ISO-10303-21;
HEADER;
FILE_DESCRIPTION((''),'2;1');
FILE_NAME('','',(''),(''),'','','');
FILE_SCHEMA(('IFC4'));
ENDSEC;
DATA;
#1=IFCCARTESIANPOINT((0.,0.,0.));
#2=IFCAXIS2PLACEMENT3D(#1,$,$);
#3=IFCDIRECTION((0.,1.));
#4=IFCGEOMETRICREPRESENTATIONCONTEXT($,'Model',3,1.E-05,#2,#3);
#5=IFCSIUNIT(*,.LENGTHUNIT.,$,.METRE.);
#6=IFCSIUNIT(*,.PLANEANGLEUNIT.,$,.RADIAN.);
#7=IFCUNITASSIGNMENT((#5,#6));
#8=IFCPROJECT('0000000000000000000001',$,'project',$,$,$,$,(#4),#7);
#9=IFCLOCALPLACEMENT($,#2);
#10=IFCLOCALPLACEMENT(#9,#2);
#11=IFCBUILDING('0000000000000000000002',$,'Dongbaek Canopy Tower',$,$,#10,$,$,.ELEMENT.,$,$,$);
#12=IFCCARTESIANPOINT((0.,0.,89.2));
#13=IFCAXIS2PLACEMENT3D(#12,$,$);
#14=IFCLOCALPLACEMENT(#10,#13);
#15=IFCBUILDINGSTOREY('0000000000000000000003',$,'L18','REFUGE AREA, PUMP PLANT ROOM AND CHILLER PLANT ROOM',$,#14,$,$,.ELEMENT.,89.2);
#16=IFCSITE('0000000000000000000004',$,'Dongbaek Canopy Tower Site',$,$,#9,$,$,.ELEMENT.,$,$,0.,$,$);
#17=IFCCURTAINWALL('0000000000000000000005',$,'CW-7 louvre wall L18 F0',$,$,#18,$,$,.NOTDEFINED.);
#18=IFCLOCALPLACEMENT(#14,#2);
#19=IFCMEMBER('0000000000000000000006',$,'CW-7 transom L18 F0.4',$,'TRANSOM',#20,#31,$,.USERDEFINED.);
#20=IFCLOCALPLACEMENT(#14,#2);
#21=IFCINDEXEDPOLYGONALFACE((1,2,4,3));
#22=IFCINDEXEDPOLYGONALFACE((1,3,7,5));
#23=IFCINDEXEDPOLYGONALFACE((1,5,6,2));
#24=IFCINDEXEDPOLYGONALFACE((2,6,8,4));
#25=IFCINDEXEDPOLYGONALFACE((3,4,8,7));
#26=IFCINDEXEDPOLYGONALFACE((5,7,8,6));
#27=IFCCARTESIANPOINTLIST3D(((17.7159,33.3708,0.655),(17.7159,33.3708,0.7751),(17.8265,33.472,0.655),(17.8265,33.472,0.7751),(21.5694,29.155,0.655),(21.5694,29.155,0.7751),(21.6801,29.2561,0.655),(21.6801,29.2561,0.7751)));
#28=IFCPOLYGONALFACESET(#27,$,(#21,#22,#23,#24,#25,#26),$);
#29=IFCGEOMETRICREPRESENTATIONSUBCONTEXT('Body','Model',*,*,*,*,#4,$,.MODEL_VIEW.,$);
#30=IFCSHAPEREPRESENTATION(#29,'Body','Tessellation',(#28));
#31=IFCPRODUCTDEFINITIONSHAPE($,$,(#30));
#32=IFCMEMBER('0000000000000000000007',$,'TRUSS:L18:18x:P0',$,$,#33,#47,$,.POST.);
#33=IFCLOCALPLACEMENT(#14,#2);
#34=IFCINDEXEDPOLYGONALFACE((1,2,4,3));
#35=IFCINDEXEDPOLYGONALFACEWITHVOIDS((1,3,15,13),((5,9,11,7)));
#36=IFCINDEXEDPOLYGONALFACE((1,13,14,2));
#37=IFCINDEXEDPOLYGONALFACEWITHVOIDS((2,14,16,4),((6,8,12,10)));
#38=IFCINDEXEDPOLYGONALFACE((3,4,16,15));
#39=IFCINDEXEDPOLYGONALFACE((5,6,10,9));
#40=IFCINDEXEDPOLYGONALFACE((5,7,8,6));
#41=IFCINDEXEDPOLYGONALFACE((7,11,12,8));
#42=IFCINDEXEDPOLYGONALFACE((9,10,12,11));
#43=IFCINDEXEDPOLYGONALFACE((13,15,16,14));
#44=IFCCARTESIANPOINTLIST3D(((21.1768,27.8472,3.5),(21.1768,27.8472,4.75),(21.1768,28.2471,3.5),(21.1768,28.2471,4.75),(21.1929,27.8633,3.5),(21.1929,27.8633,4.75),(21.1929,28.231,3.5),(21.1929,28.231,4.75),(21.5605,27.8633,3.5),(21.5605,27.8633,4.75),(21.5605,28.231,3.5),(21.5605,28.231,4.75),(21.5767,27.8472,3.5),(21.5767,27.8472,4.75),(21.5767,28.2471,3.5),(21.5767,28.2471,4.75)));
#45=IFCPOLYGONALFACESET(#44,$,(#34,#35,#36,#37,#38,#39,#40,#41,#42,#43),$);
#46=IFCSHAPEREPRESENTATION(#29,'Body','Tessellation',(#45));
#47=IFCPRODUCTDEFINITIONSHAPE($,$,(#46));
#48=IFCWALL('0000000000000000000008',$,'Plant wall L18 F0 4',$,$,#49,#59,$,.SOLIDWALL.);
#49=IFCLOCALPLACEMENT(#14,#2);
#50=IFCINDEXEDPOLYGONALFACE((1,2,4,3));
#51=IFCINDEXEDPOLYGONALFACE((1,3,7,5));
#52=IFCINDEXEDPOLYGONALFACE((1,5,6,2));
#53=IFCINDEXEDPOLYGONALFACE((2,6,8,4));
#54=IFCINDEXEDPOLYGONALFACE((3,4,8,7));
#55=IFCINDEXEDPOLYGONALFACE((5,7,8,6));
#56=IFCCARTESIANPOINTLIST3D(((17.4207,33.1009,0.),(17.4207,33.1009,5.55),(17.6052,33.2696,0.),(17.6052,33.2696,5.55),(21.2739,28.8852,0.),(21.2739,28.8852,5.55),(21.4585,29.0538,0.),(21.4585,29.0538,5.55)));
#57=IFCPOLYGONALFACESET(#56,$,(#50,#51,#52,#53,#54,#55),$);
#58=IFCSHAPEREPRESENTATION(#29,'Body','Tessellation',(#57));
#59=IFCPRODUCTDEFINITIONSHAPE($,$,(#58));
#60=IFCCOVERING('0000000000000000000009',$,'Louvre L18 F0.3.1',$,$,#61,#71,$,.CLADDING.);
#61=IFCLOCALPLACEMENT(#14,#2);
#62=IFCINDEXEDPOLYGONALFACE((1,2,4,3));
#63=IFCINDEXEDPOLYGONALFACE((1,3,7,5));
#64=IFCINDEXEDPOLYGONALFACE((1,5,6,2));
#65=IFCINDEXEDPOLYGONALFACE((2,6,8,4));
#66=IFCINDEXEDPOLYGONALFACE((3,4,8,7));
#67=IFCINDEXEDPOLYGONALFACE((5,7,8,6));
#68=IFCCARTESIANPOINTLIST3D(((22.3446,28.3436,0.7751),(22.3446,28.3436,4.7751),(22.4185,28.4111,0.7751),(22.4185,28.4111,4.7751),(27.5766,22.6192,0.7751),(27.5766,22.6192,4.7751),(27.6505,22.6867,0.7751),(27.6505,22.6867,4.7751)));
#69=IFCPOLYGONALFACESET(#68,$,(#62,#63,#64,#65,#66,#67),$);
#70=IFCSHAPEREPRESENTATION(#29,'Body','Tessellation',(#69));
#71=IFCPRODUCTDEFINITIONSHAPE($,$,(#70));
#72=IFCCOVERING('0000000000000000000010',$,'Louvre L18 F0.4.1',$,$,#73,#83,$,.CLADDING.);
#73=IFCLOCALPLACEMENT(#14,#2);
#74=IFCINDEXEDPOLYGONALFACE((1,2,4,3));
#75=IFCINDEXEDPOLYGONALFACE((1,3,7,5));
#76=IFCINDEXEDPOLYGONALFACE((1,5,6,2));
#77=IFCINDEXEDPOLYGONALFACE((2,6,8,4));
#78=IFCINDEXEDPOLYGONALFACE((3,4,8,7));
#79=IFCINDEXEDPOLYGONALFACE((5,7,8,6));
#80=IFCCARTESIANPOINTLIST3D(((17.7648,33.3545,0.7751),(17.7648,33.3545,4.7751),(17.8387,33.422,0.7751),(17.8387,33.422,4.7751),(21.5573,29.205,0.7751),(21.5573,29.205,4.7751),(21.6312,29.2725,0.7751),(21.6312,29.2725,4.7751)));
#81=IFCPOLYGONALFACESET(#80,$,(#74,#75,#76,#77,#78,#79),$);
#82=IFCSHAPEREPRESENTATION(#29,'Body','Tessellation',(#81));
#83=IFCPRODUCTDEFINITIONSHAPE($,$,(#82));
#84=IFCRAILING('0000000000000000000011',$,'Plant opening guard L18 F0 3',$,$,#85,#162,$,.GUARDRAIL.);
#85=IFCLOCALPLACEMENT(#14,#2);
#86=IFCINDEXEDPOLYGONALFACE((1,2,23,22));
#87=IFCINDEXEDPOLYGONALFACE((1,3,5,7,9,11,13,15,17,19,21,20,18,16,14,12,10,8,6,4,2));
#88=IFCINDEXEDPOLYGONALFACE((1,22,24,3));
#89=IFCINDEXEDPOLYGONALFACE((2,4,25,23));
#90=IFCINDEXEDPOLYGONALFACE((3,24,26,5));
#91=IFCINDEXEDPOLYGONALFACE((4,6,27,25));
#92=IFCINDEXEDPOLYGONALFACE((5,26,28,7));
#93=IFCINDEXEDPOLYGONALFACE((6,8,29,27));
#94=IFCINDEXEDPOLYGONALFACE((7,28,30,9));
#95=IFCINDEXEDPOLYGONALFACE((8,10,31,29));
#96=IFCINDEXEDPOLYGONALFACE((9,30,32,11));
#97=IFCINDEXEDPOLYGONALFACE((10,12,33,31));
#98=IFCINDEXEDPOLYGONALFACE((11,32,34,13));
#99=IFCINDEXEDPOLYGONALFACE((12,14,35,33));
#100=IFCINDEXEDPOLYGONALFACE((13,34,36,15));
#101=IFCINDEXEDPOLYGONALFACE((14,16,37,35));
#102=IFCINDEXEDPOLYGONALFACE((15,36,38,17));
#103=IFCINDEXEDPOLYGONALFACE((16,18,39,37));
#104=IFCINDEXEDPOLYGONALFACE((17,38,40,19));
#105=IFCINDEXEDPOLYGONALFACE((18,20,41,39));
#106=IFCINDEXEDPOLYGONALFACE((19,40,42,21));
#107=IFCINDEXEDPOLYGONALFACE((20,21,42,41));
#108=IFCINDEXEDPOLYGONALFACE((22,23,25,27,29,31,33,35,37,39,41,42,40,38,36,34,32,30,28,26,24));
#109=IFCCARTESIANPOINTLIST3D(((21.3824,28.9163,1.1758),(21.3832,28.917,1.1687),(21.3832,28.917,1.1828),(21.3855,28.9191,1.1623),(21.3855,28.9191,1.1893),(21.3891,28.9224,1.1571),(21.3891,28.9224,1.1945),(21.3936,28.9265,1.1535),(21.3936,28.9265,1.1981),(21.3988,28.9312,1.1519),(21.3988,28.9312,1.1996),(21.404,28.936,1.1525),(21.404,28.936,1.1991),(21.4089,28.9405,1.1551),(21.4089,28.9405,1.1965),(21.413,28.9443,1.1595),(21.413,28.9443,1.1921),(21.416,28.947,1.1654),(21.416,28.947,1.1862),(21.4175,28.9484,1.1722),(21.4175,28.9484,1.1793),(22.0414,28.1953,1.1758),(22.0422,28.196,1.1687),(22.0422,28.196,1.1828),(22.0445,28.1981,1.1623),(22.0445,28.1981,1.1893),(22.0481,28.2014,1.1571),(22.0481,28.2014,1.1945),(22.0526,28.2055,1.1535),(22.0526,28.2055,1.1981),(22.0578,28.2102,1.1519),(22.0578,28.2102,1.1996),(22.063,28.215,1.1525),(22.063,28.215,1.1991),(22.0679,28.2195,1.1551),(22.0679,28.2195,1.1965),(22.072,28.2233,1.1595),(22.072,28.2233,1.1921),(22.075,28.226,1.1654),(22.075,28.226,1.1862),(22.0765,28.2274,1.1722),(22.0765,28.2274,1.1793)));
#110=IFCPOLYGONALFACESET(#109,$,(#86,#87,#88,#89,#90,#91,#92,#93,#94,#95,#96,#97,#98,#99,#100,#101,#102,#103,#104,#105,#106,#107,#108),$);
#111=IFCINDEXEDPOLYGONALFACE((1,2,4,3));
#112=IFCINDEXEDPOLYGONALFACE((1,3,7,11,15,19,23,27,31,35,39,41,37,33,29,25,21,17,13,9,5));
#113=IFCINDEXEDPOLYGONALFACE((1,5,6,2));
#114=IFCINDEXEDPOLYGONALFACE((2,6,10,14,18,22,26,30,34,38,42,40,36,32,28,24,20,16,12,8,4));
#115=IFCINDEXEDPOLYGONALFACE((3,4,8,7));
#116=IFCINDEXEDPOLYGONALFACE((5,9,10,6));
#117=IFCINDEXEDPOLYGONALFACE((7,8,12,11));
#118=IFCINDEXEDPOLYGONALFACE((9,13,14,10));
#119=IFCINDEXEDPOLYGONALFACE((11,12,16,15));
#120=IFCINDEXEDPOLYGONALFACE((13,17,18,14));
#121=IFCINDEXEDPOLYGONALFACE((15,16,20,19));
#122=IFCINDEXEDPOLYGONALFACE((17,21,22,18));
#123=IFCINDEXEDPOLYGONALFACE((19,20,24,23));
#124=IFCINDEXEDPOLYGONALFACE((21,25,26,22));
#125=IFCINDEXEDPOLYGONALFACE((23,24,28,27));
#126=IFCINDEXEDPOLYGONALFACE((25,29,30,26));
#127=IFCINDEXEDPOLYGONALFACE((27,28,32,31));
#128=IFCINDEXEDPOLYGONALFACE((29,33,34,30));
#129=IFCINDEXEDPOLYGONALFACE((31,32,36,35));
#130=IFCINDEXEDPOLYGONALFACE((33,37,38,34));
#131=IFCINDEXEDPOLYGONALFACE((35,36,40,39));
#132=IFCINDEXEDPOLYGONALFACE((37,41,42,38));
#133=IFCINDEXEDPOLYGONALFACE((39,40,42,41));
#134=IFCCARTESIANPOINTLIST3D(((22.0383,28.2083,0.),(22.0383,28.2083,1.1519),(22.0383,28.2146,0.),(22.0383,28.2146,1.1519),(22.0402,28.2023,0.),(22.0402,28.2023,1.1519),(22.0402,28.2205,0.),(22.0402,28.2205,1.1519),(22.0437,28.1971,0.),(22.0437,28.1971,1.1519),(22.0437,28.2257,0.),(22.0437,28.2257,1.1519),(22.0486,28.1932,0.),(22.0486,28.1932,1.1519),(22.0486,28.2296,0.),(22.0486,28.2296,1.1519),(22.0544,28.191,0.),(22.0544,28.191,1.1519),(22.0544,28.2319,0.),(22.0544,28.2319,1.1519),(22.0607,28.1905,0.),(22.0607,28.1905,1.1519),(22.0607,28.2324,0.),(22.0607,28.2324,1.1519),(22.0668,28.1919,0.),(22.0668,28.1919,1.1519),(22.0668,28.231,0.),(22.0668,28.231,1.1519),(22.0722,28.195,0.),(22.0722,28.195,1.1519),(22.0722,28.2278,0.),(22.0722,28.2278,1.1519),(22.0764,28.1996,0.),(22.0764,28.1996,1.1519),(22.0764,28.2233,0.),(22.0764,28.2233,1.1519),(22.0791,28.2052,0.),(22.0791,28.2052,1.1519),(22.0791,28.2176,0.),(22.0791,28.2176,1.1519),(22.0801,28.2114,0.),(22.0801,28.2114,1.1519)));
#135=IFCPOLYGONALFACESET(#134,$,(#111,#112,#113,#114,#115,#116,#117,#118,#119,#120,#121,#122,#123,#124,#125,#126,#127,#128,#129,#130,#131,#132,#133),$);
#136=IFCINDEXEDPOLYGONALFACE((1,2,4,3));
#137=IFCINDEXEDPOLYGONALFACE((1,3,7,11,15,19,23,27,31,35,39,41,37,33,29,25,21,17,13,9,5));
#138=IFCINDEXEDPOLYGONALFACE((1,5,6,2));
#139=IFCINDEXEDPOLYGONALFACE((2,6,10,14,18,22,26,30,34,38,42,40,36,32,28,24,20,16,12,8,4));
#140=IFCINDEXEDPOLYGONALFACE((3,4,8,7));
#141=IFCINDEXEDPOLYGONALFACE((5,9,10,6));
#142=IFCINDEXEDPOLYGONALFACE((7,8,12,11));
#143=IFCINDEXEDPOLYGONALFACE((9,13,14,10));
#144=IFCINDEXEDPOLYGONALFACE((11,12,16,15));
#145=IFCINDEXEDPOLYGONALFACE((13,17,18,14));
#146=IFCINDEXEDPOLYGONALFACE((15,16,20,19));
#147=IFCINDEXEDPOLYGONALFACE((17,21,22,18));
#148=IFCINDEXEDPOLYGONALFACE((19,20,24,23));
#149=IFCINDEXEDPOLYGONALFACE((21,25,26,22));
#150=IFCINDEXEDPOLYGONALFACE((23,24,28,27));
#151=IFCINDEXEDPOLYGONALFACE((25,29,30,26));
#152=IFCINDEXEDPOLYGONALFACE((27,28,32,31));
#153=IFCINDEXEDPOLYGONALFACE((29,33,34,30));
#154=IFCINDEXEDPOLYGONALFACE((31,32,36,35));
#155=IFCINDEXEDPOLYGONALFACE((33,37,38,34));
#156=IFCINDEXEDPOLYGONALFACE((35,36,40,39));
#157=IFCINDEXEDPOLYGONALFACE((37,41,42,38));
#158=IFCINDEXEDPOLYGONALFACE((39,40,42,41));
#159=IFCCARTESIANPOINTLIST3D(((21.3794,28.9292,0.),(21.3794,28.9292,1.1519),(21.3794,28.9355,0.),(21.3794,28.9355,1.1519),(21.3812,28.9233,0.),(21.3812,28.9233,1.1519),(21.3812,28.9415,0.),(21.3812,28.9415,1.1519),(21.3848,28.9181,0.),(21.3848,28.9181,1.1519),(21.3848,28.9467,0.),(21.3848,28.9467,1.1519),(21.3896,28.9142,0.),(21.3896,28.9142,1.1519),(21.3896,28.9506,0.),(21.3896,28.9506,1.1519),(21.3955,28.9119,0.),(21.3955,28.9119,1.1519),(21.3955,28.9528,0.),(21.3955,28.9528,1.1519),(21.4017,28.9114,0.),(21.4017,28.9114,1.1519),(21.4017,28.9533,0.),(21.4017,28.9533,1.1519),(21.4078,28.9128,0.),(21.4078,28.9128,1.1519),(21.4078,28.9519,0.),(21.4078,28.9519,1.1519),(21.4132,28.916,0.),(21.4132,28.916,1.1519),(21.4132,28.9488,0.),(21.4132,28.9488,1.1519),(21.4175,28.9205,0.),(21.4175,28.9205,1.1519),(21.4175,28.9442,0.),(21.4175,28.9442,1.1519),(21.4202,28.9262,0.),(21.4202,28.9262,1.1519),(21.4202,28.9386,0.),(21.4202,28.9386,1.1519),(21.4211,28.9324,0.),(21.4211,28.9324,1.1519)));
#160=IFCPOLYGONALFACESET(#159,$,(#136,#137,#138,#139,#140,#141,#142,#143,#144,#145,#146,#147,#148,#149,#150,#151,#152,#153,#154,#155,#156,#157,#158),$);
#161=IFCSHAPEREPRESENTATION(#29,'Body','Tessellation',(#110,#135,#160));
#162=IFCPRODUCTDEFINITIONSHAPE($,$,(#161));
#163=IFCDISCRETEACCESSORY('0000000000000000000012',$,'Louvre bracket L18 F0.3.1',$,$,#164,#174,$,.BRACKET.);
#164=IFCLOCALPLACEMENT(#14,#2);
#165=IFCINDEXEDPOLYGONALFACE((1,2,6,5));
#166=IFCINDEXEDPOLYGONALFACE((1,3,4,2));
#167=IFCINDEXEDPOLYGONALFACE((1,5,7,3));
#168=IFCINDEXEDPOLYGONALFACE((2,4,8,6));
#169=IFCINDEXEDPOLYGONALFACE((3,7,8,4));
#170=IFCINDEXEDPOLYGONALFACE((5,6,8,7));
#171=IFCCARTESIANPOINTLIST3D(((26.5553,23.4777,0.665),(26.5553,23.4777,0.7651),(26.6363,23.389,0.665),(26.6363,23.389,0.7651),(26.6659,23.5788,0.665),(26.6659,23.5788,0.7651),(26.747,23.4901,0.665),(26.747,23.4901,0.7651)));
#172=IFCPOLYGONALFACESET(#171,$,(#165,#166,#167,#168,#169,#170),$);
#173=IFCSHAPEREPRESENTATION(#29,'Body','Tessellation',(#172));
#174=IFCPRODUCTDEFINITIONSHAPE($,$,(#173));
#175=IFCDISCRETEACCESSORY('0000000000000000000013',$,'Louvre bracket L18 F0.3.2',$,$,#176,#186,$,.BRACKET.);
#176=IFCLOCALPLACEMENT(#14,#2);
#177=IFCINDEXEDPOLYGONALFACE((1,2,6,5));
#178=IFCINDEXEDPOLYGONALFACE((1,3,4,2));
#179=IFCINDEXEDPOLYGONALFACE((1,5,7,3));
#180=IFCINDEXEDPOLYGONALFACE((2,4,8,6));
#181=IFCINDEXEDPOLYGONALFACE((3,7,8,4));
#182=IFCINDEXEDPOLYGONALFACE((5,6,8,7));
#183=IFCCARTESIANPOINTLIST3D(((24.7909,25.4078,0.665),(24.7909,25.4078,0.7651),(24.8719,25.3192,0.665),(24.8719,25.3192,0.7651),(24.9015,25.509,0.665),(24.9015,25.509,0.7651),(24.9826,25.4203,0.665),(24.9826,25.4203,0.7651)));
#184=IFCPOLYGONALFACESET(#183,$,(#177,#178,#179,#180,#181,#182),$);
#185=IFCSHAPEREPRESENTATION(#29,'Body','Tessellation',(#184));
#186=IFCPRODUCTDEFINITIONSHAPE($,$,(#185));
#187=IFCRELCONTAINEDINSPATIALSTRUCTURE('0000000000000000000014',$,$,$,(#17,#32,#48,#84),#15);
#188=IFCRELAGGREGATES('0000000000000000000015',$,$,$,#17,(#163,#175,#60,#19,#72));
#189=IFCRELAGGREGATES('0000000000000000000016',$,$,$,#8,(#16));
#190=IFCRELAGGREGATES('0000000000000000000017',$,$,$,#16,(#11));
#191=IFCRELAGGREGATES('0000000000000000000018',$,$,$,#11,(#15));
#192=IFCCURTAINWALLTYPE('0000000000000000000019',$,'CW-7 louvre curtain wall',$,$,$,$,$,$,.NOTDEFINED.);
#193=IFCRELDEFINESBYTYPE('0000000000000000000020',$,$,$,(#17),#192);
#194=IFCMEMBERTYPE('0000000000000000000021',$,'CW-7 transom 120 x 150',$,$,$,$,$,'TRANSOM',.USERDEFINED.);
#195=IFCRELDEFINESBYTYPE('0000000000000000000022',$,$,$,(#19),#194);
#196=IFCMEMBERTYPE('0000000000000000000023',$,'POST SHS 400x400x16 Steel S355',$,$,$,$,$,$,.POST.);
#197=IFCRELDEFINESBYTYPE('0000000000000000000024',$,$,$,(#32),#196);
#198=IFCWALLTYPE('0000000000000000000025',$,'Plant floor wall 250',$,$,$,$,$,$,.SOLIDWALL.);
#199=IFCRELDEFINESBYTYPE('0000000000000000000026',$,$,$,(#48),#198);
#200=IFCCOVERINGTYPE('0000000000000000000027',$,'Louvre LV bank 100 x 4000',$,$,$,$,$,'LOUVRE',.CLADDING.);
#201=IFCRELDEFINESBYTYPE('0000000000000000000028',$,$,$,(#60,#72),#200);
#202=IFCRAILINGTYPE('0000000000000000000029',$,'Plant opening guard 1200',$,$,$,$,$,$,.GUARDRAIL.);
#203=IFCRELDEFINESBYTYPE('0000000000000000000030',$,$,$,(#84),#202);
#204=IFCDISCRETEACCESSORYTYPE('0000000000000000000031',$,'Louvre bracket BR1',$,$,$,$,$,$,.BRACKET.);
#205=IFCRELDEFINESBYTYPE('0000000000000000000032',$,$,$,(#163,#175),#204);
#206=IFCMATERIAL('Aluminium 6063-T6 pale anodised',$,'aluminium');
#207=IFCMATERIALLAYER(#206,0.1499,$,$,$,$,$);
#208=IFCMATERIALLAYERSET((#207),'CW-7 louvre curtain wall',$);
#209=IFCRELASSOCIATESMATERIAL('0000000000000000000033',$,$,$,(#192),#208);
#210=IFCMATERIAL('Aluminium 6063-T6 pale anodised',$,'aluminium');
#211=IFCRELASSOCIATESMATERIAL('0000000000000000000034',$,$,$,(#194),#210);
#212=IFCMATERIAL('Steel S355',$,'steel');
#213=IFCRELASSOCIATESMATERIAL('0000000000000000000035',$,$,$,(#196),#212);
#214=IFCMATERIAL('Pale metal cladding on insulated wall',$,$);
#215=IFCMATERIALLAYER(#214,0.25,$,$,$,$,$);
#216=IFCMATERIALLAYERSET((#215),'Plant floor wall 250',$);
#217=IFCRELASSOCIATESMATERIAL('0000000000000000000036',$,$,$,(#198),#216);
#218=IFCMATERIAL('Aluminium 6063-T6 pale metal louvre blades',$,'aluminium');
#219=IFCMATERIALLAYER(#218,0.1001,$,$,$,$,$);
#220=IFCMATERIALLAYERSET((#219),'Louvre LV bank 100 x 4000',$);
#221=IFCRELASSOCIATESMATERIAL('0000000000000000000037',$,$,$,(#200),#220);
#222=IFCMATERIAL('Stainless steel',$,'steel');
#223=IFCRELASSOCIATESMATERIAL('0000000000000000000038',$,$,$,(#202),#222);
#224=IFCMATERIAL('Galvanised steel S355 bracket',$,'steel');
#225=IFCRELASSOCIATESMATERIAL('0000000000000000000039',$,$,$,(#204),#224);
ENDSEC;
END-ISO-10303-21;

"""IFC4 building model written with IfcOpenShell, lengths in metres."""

from ifc_helpers import new_model, si_unit, direction, frame, frame_2d, origin, origin_2d, place, context, subcontext, project, spatial, rectangle, hollow_rectangle, circle, extrude, material, layer, layer_set, material_profile, profile_set, type_object, element, aggregate, save


model = new_model("IFC4")

# Units and contexts
model_context = context("Model", 3, precision=1e-05, world=origin(), true_north=direction((0.0, 1.0)))
body_context = subcontext(model_context, "Body", "Model", "MODEL_VIEW")
ifc_project = project(units=[si_unit("LENGTHUNIT", "METRE"), si_unit("PLANEANGLEUNIT", "RADIAN")], contexts=[model_context])

# Site, building, storey
site_placement = place(None, origin())
site = spatial("IfcSite", under=ifc_project, at=site_placement, Name="Dongbaek Canopy Tower Site", CompositionType="ELEMENT", RefElevation=0.0)
building_placement = place(site_placement, origin())
building = spatial("IfcBuilding", under=site, at=building_placement, Name="Dongbaek Canopy Tower", CompositionType="ELEMENT")
storey_placement = place(building_placement, frame((0.0, 0.0, 89.2)))
storey = spatial("IfcBuildingStorey", under=building, at=storey_placement, Name="L18", Description="REFUGE AREA, PUMP PLANT ROOM AND CHILLER PLANT ROOM", CompositionType="ELEMENT", Elevation=89.2)

# Curtain wall, member
ifc_material_1 = material(Name="Aluminium 6063-T6 pale anodised", Category="aluminium")
ifc_layer_1 = layer(ifc_material_1, 0.1499)
ifc_layer_set_1 = layer_set([ifc_layer_1], Name="CW-7 louvre curtain wall")
curtain_wall_type = type_object("IfcCurtainWallType", Name="CW-7 louvre curtain wall", PredefinedType="NOTDEFINED", material=ifc_layer_set_1)
curtain_wall_placement = place(storey_placement, origin())
curtain_wall = element("IfcCurtainWall", 1, at=curtain_wall_placement, inside=storey, type_object=curtain_wall_type, Name="CW-7 louvre wall L18 F0", PredefinedType="NOTDEFINED")
ifc_material_2 = material(Name="Aluminium 6063-T6 pale anodised", Category="aluminium")
ifc_material_profile_1 = material_profile(ifc_material_2, rectangle(XDim=0.1499, YDim=0.1201, at=origin_2d()), Name="CW-7 transom 120 x 150")
ifc_profile_set_1 = profile_set([ifc_material_profile_1], Name="Aluminium 6063-T6 pale anodised")
member_type_1 = type_object("IfcMemberType", Name="CW-7 transom 120 x 150", ElementType="TRANSOM", PredefinedType="USERDEFINED", material=ifc_profile_set_1)
member_1_placement = place(storey_placement, frame((21.6248, 29.2056, 0.7151), z_axis=(-0.674679, 0.738112, 0.0), x_axis=(-0.738112, -0.674679, 0.0)))
member_1 = element("IfcMember", 2, at=member_1_placement, type_object=member_type_1, Name="CW-7 transom L18 F0.4", ObjectType="TRANSOM", PredefinedType="USERDEFINED", context=body_context, shape_type="SweptSolid", body=[
    extrude(rectangle(XDim=0.1499, YDim=0.1201, at=origin_2d()), origin(), (0.0, 0.0, 1.0), 5.7117),
])

# Member
ifc_material_3 = material(Name="Steel S355", Category="steel")
ifc_material_profile_2 = material_profile(ifc_material_3, hollow_rectangle(XDim=0.3999, YDim=0.3999, WallThickness=0.0161, at=origin_2d()), Name="POST SHS 400x400x16 Steel S355")
ifc_profile_set_2 = profile_set([ifc_material_profile_2], Name="Steel S355")
member_type_2 = type_object("IfcMemberType", Name="POST SHS 400x400x16 Steel S355", PredefinedType="POST", material=ifc_profile_set_2)
member_2_placement = place(storey_placement, frame((21.3767, 28.0471, 3.5), z_axis=(0.0, 0.0, 1.0), x_axis=(1.0, 0.0, 0.0)))
element("IfcMember", 3, at=member_2_placement, inside=storey, type_object=member_type_2, Name="TRUSS:L18:18x:P0", PredefinedType="POST", context=body_context, shape_type="SweptSolid", body=[
    extrude(hollow_rectangle(XDim=0.3999, YDim=0.3999, WallThickness=0.0161, at=origin_2d()), origin(), (0.0, 0.0, 1.0), 1.25),
])

# Wall
ifc_material_4 = material(Name="Pale metal cladding on insulated wall")
ifc_layer_2 = layer(ifc_material_4, 0.25)
ifc_layer_set_2 = layer_set([ifc_layer_2], Name="Plant floor wall 250")
wall_type = type_object("IfcWallType", Name="Plant floor wall 250", PredefinedType="SOLIDWALL", material=ifc_layer_set_2)
wall_placement = place(storey_placement, frame((21.3662, 28.9695, 0.0), z_axis=(0.0, 0.0, 1.0), x_axis=(-0.674655, 0.738133, 0.0)))
element("IfcWall", 4, at=wall_placement, inside=storey, type_object=wall_type, Name="Plant wall L18 F0 4", PredefinedType="SOLIDWALL", context=body_context, shape_type="SweptSolid", body=[
    extrude(rectangle(XDim=5.7114, YDim=0.25, at=frame_2d((2.8557, 0.0))), origin(), (0.0, 0.0, 1.0), 5.55),
])

# Coverings
ifc_material_5 = material(Name="Aluminium 6063-T6 pale metal louvre blades", Category="aluminium")
ifc_layer_3 = layer(ifc_material_5, 0.1001)
ifc_layer_set_3 = layer_set([ifc_layer_3], Name="Louvre LV bank 100 x 4000")
covering_type = type_object("IfcCoveringType", Name="Louvre LV bank 100 x 4000", ElementType="LOUVRE", PredefinedType="CLADDING", material=ifc_layer_set_3)
covering_1_placement = place(storey_placement, frame((24.9976, 25.5151, 0.7751), z_axis=(0.0, 0.0, 1.0), x_axis=(-0.674647, 0.738141, 0.0)))
covering_1 = element("IfcCovering", 5, at=covering_1_placement, type_object=covering_type, Name="Louvre L18 F0.3.1", PredefinedType="CLADDING", context=body_context, shape_type="SweptSolid", body=[
    extrude(rectangle(XDim=7.7551, YDim=0.1001, at=origin_2d()), origin(), (0.0, 0.0, 1.0), 4.0),
])
covering_2_placement = place(storey_placement, frame((19.698, 31.3135, 0.7751), z_axis=(0.0, 0.0, 1.0), x_axis=(-0.674647, 0.738141, 0.0)))
covering_2 = element("IfcCovering", 6, at=covering_2_placement, type_object=covering_type, Name="Louvre L18 F0.4.1", PredefinedType="CLADDING", context=body_context, shape_type="SweptSolid", body=[
    extrude(rectangle(XDim=5.6216, YDim=0.1001, at=origin_2d()), origin(), (0.0, 0.0, 1.0), 4.0),
])

# Railing
ifc_material_6 = material(Name="Stainless steel", Category="steel")
railing_type = type_object("IfcRailingType", Name="Plant opening guard 1200", PredefinedType="GUARDRAIL", material=ifc_material_6)
railing_placement = place(storey_placement, frame((22.0591, 28.2114, 0.0)))
element("IfcRailing", 7, at=railing_placement, inside=storey, type_object=railing_type, Name="Plant opening guard L18 F0 3", PredefinedType="GUARDRAIL", context=body_context, shape_type="SweptSolid", body=[
    extrude(circle(Radius=0.0239, at=origin_2d()), frame((0.0, 0.0, 1.1758), z_axis=(-0.674649, 0.738139, 0.0), x_axis=(-0.738139, -0.674649, 0.0)), (0.0, 0.0, 1.0), 0.9768),
    extrude(circle(Radius=0.021, at=origin_2d()), origin(), (0.0, 0.0, 1.0), 1.1519),
    extrude(circle(Radius=0.021, at=origin_2d()), frame((-0.6589, 0.7209, 0.0)), (0.0, 0.0, 1.0), 1.1519),
])

# Discrete accessories
ifc_material_7 = material(Name="Galvanised steel S355 bracket", Category="steel")
discrete_accessory_type = type_object("IfcDiscreteAccessoryType", Name="Louvre bracket BR1", PredefinedType="BRACKET", material=ifc_material_7)
discrete_accessory_1_placement = place(storey_placement, frame((26.6511, 23.4839, 0.665), z_axis=(0.0, 0.0, 1.0), x_axis=(-0.674647, 0.738141, 0.0)))
discrete_accessory_1 = element("IfcDiscreteAccessory", 8, at=discrete_accessory_1_placement, type_object=discrete_accessory_type, Name="Louvre bracket L18 F0.3.1", PredefinedType="BRACKET", context=body_context, shape_type="SweptSolid", body=[
    extrude(rectangle(XDim=0.1201, YDim=0.1499, at=origin_2d()), origin(), (0.0, 0.0, 1.0), 0.1001),
])
discrete_accessory_2_placement = place(storey_placement, frame((24.8867, 25.4141, 0.665), z_axis=(0.0, 0.0, 1.0), x_axis=(-0.674647, 0.738141, 0.0)))
discrete_accessory_2 = element("IfcDiscreteAccessory", 9, at=discrete_accessory_2_placement, type_object=discrete_accessory_type, Name="Louvre bracket L18 F0.3.2", PredefinedType="BRACKET", context=body_context, shape_type="SweptSolid", body=[
    extrude(rectangle(XDim=0.1201, YDim=0.1499, at=origin_2d()), origin(), (0.0, 0.0, 1.0), 0.1001),
])
aggregate(curtain_wall, [discrete_accessory_1, discrete_accessory_2, covering_1, member_1, covering_2])

save(model, "model.ifc")
